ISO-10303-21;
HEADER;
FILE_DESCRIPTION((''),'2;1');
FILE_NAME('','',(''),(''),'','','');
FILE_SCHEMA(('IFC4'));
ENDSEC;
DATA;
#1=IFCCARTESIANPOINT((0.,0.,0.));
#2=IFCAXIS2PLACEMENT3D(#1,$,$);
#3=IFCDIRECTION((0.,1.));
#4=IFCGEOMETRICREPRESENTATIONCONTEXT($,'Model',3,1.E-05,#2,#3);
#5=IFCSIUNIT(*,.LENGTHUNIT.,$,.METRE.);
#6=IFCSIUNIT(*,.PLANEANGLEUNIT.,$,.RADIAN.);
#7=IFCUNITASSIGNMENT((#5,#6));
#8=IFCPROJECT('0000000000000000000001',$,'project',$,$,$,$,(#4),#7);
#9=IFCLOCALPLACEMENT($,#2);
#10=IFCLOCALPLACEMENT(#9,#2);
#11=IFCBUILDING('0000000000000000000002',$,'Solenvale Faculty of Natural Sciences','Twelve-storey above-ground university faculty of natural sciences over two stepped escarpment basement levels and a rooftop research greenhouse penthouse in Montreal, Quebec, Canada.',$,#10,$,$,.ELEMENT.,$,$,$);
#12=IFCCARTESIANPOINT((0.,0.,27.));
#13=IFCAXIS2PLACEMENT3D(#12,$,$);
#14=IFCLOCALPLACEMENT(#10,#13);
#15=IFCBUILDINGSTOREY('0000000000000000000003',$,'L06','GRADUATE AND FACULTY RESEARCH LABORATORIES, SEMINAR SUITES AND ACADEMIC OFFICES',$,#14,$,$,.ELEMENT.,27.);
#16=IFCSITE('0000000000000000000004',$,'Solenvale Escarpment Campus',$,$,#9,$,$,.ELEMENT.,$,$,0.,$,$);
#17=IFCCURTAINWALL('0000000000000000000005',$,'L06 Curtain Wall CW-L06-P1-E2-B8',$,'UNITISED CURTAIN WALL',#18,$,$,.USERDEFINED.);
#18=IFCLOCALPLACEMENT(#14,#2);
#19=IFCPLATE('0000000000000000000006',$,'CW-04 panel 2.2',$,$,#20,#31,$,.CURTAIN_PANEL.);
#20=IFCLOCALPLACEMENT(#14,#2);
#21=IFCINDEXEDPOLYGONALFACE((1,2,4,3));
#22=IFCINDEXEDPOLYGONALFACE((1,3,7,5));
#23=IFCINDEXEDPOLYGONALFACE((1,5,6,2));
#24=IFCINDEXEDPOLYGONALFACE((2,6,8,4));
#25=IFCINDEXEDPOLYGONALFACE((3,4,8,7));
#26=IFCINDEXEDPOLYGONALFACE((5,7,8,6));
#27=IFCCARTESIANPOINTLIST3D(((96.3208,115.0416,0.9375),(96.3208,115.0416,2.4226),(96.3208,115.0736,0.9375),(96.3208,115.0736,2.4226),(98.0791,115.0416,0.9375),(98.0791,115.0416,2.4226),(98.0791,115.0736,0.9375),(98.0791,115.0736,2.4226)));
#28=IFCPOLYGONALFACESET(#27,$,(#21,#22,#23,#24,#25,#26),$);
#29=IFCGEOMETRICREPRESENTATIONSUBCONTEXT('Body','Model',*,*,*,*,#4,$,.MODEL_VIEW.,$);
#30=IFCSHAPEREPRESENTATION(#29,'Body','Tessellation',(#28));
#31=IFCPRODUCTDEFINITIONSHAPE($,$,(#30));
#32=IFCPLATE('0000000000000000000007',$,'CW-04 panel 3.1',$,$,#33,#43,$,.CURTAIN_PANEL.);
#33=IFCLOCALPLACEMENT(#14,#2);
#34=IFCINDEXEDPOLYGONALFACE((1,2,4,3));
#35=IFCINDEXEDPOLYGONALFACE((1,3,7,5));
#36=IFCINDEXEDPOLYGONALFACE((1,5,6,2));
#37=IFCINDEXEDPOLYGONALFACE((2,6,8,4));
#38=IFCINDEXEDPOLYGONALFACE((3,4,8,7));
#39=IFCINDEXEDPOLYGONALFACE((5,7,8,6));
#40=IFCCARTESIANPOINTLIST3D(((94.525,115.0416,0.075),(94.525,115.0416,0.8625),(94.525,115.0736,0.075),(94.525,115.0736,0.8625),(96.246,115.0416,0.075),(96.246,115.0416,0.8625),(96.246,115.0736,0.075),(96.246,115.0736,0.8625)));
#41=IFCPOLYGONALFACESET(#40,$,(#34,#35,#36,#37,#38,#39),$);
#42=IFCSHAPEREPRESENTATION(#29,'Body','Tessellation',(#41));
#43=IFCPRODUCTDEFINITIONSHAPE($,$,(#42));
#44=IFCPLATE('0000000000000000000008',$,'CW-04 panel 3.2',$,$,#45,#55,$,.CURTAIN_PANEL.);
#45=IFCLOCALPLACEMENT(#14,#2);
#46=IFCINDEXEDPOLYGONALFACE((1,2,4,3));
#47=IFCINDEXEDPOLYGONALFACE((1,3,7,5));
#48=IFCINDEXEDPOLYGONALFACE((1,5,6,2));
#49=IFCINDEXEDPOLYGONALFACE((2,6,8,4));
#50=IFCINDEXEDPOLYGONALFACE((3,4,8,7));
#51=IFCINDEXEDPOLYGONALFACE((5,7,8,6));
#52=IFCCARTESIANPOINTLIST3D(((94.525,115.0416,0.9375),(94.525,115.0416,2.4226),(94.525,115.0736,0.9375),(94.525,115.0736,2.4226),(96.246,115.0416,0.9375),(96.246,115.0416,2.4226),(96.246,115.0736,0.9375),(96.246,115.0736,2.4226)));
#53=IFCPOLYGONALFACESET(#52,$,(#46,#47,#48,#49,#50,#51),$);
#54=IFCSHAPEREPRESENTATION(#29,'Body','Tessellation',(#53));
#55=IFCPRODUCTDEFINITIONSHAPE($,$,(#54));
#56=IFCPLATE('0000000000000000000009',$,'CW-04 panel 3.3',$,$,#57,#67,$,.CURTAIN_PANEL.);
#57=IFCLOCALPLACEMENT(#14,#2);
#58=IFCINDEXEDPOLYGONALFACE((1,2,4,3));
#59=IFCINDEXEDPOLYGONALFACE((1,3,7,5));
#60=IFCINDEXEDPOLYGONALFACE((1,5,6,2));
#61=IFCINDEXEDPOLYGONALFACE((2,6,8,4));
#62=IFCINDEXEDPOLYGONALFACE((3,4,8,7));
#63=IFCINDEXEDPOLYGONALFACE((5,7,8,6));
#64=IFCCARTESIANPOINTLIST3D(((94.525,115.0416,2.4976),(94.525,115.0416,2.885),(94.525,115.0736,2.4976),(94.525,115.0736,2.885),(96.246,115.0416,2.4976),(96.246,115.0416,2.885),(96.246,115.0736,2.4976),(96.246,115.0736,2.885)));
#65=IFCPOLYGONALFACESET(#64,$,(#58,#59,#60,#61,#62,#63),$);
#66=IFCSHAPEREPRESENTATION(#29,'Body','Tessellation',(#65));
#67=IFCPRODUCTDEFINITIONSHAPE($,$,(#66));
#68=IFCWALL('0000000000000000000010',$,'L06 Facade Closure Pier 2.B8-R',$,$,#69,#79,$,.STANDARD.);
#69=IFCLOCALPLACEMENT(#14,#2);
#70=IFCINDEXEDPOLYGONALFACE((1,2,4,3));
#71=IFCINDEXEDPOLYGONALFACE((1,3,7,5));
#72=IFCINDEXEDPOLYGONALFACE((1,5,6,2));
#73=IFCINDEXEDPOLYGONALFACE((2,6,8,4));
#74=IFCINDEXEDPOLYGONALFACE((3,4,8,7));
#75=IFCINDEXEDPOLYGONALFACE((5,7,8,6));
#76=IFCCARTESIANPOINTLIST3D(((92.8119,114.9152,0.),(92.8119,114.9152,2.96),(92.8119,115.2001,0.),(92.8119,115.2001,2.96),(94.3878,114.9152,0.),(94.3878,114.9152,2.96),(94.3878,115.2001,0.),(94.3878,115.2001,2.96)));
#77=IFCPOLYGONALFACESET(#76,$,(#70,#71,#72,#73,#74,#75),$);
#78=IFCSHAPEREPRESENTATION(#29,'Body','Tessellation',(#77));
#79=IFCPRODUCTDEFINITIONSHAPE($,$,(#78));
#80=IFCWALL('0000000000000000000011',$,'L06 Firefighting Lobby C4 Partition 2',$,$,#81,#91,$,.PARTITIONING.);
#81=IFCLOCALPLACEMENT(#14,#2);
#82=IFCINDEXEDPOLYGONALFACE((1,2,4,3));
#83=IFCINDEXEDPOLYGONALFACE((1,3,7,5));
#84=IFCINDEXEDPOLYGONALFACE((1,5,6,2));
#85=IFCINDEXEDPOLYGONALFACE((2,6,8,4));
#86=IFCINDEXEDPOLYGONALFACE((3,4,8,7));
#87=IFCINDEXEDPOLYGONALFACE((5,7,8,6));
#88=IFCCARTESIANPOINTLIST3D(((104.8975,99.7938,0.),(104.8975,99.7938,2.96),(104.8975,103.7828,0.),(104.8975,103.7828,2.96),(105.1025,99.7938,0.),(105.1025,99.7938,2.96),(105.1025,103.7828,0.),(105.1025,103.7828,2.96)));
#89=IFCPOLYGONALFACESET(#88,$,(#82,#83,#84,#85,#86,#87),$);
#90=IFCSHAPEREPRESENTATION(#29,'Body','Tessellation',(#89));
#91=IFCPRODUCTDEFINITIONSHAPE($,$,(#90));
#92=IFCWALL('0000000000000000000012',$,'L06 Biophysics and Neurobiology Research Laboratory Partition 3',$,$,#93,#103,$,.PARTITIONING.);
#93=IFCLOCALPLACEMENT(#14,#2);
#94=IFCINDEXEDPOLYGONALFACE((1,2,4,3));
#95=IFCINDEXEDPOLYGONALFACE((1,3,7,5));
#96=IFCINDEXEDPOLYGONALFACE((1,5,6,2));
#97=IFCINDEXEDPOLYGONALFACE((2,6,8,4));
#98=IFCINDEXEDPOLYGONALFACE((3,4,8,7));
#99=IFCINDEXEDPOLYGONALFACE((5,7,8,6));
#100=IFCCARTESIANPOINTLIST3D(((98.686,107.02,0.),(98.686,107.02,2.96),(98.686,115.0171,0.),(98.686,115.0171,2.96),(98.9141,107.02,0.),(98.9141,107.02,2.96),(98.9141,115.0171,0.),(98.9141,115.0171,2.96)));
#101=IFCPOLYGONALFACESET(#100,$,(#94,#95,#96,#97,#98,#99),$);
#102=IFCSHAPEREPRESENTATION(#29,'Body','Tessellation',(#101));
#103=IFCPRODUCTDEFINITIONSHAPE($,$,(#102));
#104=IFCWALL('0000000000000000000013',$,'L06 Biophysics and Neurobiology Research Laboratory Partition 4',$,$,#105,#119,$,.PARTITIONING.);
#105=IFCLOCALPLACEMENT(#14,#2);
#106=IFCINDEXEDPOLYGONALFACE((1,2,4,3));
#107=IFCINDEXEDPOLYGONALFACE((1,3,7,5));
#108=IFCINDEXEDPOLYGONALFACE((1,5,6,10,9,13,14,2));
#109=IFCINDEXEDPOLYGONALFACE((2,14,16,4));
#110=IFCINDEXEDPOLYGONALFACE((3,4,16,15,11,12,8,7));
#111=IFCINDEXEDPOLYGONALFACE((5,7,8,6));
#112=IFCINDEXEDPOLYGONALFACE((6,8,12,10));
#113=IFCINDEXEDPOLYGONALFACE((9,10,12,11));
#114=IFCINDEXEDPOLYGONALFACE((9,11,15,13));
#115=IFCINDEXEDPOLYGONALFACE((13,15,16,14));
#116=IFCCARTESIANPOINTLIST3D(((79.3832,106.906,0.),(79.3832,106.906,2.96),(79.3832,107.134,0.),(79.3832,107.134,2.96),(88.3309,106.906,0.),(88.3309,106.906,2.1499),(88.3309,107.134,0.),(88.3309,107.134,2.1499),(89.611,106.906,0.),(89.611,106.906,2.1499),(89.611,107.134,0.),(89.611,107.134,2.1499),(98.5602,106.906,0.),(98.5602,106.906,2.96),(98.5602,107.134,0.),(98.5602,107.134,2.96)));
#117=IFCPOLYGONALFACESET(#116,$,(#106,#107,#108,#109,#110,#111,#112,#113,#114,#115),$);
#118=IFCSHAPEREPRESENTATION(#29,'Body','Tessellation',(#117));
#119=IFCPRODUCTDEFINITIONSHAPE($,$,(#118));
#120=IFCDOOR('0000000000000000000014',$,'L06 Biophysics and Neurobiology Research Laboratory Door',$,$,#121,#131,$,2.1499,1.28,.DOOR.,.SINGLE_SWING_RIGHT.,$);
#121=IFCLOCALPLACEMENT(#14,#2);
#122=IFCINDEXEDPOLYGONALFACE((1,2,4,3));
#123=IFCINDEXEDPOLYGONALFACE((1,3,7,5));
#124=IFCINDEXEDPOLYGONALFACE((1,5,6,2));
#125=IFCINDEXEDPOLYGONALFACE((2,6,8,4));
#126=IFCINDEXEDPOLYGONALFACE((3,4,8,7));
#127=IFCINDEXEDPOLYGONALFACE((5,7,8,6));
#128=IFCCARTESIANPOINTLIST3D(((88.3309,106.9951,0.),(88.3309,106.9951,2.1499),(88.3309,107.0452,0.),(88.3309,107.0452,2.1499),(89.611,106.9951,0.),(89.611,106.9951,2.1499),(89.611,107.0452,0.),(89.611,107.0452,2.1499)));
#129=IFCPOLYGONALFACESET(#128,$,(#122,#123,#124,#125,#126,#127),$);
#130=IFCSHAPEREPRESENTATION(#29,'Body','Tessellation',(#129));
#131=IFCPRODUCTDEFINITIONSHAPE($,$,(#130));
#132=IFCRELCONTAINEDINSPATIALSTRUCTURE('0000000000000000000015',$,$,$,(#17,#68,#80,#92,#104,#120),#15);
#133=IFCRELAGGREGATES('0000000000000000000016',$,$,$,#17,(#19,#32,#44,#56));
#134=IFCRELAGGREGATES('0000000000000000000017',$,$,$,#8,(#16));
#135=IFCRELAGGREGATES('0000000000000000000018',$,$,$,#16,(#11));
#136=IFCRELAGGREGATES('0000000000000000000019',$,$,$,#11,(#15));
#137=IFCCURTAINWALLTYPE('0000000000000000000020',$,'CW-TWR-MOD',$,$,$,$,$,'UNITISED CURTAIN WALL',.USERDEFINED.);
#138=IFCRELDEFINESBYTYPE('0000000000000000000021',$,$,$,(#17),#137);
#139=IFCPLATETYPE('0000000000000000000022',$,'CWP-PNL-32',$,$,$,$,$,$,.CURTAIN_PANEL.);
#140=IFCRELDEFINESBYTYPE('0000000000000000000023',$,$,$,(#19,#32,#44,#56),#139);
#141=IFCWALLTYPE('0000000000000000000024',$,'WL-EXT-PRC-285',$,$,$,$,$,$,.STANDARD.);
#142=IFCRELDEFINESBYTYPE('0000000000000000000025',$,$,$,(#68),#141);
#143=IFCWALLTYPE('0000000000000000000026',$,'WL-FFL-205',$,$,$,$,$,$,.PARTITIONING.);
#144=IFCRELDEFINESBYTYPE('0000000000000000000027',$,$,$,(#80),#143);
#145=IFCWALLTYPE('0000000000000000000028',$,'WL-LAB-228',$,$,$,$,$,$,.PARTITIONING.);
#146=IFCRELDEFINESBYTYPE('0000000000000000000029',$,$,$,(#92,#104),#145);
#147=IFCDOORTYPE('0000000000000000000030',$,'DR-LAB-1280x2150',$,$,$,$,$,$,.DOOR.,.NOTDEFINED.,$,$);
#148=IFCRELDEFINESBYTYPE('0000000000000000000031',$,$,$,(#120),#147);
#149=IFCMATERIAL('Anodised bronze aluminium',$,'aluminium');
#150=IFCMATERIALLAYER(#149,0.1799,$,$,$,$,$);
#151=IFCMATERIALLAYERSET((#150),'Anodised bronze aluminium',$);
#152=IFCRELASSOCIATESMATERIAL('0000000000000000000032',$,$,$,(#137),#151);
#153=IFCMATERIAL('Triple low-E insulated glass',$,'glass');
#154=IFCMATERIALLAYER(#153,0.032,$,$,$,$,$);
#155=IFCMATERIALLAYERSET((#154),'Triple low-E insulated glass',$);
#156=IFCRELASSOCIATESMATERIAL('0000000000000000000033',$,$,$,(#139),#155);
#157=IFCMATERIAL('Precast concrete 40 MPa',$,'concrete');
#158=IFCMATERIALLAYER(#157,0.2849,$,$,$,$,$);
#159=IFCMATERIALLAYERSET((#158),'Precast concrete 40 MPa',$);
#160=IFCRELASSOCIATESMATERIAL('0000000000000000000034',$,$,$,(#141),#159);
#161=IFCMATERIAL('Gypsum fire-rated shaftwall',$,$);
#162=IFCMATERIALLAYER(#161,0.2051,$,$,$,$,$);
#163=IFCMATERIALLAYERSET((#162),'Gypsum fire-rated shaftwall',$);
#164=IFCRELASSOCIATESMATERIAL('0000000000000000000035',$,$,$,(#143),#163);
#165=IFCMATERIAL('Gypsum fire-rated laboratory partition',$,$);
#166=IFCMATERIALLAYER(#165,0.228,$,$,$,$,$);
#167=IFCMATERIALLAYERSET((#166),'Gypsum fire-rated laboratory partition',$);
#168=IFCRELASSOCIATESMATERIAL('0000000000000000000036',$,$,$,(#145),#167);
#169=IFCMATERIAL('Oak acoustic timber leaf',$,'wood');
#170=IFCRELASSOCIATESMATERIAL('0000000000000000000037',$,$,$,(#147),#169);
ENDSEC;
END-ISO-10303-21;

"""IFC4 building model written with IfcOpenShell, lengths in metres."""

from ifc_helpers import new_model, si_unit, direction, frame, frame_2d, origin, origin_2d, place, context, subcontext, project, spatial, rectangle, extrude, material, layer, layer_set, type_object, element, fill, aggregate, save


model = new_model("IFC4")

# Units and contexts
model_context = context("Model", 3, precision=1e-05, world=origin(), true_north=direction((0.0, 1.0)))
body_context = subcontext(model_context, "Body", "Model", "MODEL_VIEW")
ifc_project = project(units=[si_unit("LENGTHUNIT", "METRE"), si_unit("PLANEANGLEUNIT", "RADIAN")], contexts=[model_context])

# Site, building, storey
site_placement = place(None, origin())
site = spatial("IfcSite", under=ifc_project, at=site_placement, Name="Solenvale Escarpment Campus", CompositionType="ELEMENT", RefElevation=0.0)
building_placement = place(site_placement, origin())
building = spatial("IfcBuilding", under=site, at=building_placement, Name="Solenvale Faculty of Natural Sciences", Description="Twelve-storey above-ground university faculty of natural sciences over two stepped escarpment basement levels and a rooftop research greenhouse penthouse in Montreal, Quebec, Canada.", CompositionType="ELEMENT")
storey_placement = place(building_placement, frame((0.0, 0.0, 27.0)))
storey = spatial("IfcBuildingStorey", under=building, at=storey_placement, Name="L06", Description="GRADUATE AND FACULTY RESEARCH LABORATORIES, SEMINAR SUITES AND ACADEMIC OFFICES", CompositionType="ELEMENT", Elevation=27.0)

# Curtain wall, plates
ifc_material_1 = material(Name="Anodised bronze aluminium", Category="aluminium")
ifc_layer_1 = layer(ifc_material_1, 0.1799)
ifc_layer_set_1 = layer_set([ifc_layer_1], Name="Anodised bronze aluminium")
curtain_wall_type = type_object("IfcCurtainWallType", Name="CW-TWR-MOD", ElementType="UNITISED CURTAIN WALL", PredefinedType="USERDEFINED", material=ifc_layer_set_1)
curtain_wall_placement = place(storey_placement, origin())
curtain_wall = element("IfcCurtainWall", 1, at=curtain_wall_placement, inside=storey, type_object=curtain_wall_type, Name="L06 Curtain Wall CW-L06-P1-E2-B8", ObjectType="UNITISED CURTAIN WALL", PredefinedType="USERDEFINED")
ifc_material_2 = material(Name="Triple low-E insulated glass", Category="glass")
ifc_layer_2 = layer(ifc_material_2, 0.032)
ifc_layer_set_2 = layer_set([ifc_layer_2], Name="Triple low-E insulated glass")
plate_type = type_object("IfcPlateType", Name="CWP-PNL-32", PredefinedType="CURTAIN_PANEL", material=ifc_layer_set_2)
plate_1_placement = place(storey_placement, frame((97.2, 115.0576, 0.9375), z_axis=(0.0, 0.0, 1.0), x_axis=(-1.0, 0.0, 0.0)))
plate_1 = element("IfcPlate", 2, at=plate_1_placement, type_object=plate_type, Name="CW-04 panel 2.2", PredefinedType="CURTAIN_PANEL", context=body_context, shape_type="SweptSolid", body=[
    extrude(rectangle(XDim=1.7583, YDim=0.032, at=origin_2d()), origin(), (0.0, 0.0, 1.0), 1.4851),
])
plate_2_placement = place(storey_placement, frame((95.3855, 115.0576, 0.075), z_axis=(0.0, 0.0, 1.0), x_axis=(-1.0, 0.0, 0.0)))
plate_2 = element("IfcPlate", 3, at=plate_2_placement, type_object=plate_type, Name="CW-04 panel 3.1", PredefinedType="CURTAIN_PANEL", context=body_context, shape_type="SweptSolid", body=[
    extrude(rectangle(XDim=1.7209, YDim=0.032, at=origin_2d()), origin(), (0.0, 0.0, 1.0), 0.7876),
])
plate_3_placement = place(storey_placement, frame((95.3855, 115.0576, 0.9375), z_axis=(0.0, 0.0, 1.0), x_axis=(-1.0, 0.0, 0.0)))
plate_3 = element("IfcPlate", 4, at=plate_3_placement, type_object=plate_type, Name="CW-04 panel 3.2", PredefinedType="CURTAIN_PANEL", context=body_context, shape_type="SweptSolid", body=[
    extrude(rectangle(XDim=1.7209, YDim=0.032, at=origin_2d()), origin(), (0.0, 0.0, 1.0), 1.4851),
])
plate_4_placement = place(storey_placement, frame((95.3855, 115.0576, 2.4976), z_axis=(0.0, 0.0, 1.0), x_axis=(-1.0, 0.0, 0.0)))
plate_4 = element("IfcPlate", 5, at=plate_4_placement, type_object=plate_type, Name="CW-04 panel 3.3", PredefinedType="CURTAIN_PANEL", context=body_context, shape_type="SweptSolid", body=[
    extrude(rectangle(XDim=1.7209, YDim=0.032, at=origin_2d()), origin(), (0.0, 0.0, 1.0), 0.3875),
])
aggregate(curtain_wall, [plate_1, plate_2, plate_3, plate_4])

# Wall
ifc_material_3 = material(Name="Precast concrete 40 MPa", Category="concrete")
ifc_layer_3 = layer(ifc_material_3, 0.2849)
ifc_layer_set_3 = layer_set([ifc_layer_3], Name="Precast concrete 40 MPa")
wall_type_1 = type_object("IfcWallType", Name="WL-EXT-PRC-285", PredefinedType="STANDARD", material=ifc_layer_set_3)
wall_1_placement = place(storey_placement, frame((94.3879, 115.0576, 0.0), z_axis=(0.0, 0.0, 1.0), x_axis=(-1.0, 0.0, 0.0)))
element("IfcWall", 6, at=wall_1_placement, inside=storey, type_object=wall_type_1, Name="L06 Facade Closure Pier 2.B8-R", PredefinedType="STANDARD", context=body_context, shape_type="SweptSolid", body=[
    extrude(rectangle(XDim=1.5759, YDim=0.2849, at=frame_2d((0.7881, 0.0))), origin(), (0.0, 0.0, 1.0), 2.96),
])

# Shared definitions
ifc_material_4 = material(Name="Gypsum fire-rated shaftwall")
ifc_layer_4 = layer(ifc_material_4, 0.2051)
ifc_layer_set_4 = layer_set([ifc_layer_4], Name="Gypsum fire-rated shaftwall")
wall_type_2 = type_object("IfcWallType", Name="WL-FFL-205", PredefinedType="PARTITIONING", material=ifc_layer_set_4)

# Walls
wall_2_placement = place(storey_placement, frame((105.0, 103.783, 0.0), z_axis=(0.0, 0.0, 1.0), x_axis=(0.0, -1.0, 0.0)))
element("IfcWall", 7, at=wall_2_placement, inside=storey, type_object=wall_type_2, Name="L06 Firefighting Lobby C4 Partition 2", PredefinedType="PARTITIONING", context=body_context, shape_type="SweptSolid", body=[
    extrude(rectangle(XDim=3.989, YDim=0.2051, at=frame_2d((1.9946, 0.0))), origin(), (0.0, 0.0, 1.0), 2.96),
])
ifc_material_5 = material(Name="Gypsum fire-rated laboratory partition")
ifc_layer_5 = layer(ifc_material_5, 0.228)
ifc_layer_set_5 = layer_set([ifc_layer_5], Name="Gypsum fire-rated laboratory partition")
wall_type_3 = type_object("IfcWallType", Name="WL-LAB-228", PredefinedType="PARTITIONING", material=ifc_layer_set_5)
wall_3_placement = place(storey_placement, frame((98.8, 115.0171, 0.0), z_axis=(0.0, 0.0, 1.0), x_axis=(0.0, -1.0, 0.0)))
element("IfcWall", 8, at=wall_3_placement, inside=storey, type_object=wall_type_3, Name="L06 Biophysics and Neurobiology Research Laboratory Partition 3", PredefinedType="PARTITIONING", context=body_context, shape_type="SweptSolid", body=[
    extrude(rectangle(XDim=7.9971, YDim=0.228, at=frame_2d((3.9985, 0.0))), origin(), (0.0, 0.0, 1.0), 2.96),
])

# Wall, opening, door
wall_4_placement = place(storey_placement, frame((98.5601, 107.02, 0.0), z_axis=(0.0, 0.0, 1.0), x_axis=(-1.0, 0.0, 0.0)))
wall_4 = element("IfcWall", 9, at=wall_4_placement, inside=storey, type_object=wall_type_3, Name="L06 Biophysics and Neurobiology Research Laboratory Partition 4", PredefinedType="PARTITIONING", context=body_context, shape_type="SweptSolid", body=[
    extrude(rectangle(XDim=19.177, YDim=0.228, at=frame_2d((9.5884, 0.0))), origin(), (0.0, 0.0, 1.0), 2.96),
])
opening_1_placement = place(wall_4_placement, frame((8.949, 0.0, 0.0)))
opening_1 = element("IfcOpeningElement", 10, at=opening_1_placement, cuts=wall_4, PredefinedType="OPENING", context=body_context, shape_type="SweptSolid", body=[
    extrude(rectangle(XDim=1.28, YDim=2.1499, at=frame_2d((0.6401, 1.075))), frame((0.0, 0.124, 0.0), z_axis=(0.0, -1.0, 0.0), x_axis=(1.0, 0.0, 0.0)), (0.0, 0.0, 1.0), 0.248),
])
ifc_material_6 = material(Name="Oak acoustic timber leaf", Category="wood")
door_type_1 = type_object("IfcDoorType", Name="DR-LAB-1280x2150", OperationType="NOTDEFINED", PredefinedType="DOOR", material=ifc_material_6)
door_1_placement = place(opening_1_placement, origin())
door_1 = element("IfcDoor", 11, at=door_1_placement, inside=storey, type_object=door_type_1, Name="L06 Biophysics and Neurobiology Research Laboratory Door", OperationType="SINGLE_SWING_RIGHT", OverallHeight=2.1499, OverallWidth=1.28, PredefinedType="DOOR", context=body_context, shape_type="SweptSolid", body=[
    extrude(rectangle(XDim=1.28, YDim=2.1499, at=frame_2d((0.6401, 1.075))), frame((0.0, 0.0249, 0.0), z_axis=(0.0, -1.0, 0.0), x_axis=(1.0, 0.0, 0.0)), (0.0, 0.0, 1.0), 0.05),
])
fill(opening_1, door_1)

save(model, "model.ifc")
